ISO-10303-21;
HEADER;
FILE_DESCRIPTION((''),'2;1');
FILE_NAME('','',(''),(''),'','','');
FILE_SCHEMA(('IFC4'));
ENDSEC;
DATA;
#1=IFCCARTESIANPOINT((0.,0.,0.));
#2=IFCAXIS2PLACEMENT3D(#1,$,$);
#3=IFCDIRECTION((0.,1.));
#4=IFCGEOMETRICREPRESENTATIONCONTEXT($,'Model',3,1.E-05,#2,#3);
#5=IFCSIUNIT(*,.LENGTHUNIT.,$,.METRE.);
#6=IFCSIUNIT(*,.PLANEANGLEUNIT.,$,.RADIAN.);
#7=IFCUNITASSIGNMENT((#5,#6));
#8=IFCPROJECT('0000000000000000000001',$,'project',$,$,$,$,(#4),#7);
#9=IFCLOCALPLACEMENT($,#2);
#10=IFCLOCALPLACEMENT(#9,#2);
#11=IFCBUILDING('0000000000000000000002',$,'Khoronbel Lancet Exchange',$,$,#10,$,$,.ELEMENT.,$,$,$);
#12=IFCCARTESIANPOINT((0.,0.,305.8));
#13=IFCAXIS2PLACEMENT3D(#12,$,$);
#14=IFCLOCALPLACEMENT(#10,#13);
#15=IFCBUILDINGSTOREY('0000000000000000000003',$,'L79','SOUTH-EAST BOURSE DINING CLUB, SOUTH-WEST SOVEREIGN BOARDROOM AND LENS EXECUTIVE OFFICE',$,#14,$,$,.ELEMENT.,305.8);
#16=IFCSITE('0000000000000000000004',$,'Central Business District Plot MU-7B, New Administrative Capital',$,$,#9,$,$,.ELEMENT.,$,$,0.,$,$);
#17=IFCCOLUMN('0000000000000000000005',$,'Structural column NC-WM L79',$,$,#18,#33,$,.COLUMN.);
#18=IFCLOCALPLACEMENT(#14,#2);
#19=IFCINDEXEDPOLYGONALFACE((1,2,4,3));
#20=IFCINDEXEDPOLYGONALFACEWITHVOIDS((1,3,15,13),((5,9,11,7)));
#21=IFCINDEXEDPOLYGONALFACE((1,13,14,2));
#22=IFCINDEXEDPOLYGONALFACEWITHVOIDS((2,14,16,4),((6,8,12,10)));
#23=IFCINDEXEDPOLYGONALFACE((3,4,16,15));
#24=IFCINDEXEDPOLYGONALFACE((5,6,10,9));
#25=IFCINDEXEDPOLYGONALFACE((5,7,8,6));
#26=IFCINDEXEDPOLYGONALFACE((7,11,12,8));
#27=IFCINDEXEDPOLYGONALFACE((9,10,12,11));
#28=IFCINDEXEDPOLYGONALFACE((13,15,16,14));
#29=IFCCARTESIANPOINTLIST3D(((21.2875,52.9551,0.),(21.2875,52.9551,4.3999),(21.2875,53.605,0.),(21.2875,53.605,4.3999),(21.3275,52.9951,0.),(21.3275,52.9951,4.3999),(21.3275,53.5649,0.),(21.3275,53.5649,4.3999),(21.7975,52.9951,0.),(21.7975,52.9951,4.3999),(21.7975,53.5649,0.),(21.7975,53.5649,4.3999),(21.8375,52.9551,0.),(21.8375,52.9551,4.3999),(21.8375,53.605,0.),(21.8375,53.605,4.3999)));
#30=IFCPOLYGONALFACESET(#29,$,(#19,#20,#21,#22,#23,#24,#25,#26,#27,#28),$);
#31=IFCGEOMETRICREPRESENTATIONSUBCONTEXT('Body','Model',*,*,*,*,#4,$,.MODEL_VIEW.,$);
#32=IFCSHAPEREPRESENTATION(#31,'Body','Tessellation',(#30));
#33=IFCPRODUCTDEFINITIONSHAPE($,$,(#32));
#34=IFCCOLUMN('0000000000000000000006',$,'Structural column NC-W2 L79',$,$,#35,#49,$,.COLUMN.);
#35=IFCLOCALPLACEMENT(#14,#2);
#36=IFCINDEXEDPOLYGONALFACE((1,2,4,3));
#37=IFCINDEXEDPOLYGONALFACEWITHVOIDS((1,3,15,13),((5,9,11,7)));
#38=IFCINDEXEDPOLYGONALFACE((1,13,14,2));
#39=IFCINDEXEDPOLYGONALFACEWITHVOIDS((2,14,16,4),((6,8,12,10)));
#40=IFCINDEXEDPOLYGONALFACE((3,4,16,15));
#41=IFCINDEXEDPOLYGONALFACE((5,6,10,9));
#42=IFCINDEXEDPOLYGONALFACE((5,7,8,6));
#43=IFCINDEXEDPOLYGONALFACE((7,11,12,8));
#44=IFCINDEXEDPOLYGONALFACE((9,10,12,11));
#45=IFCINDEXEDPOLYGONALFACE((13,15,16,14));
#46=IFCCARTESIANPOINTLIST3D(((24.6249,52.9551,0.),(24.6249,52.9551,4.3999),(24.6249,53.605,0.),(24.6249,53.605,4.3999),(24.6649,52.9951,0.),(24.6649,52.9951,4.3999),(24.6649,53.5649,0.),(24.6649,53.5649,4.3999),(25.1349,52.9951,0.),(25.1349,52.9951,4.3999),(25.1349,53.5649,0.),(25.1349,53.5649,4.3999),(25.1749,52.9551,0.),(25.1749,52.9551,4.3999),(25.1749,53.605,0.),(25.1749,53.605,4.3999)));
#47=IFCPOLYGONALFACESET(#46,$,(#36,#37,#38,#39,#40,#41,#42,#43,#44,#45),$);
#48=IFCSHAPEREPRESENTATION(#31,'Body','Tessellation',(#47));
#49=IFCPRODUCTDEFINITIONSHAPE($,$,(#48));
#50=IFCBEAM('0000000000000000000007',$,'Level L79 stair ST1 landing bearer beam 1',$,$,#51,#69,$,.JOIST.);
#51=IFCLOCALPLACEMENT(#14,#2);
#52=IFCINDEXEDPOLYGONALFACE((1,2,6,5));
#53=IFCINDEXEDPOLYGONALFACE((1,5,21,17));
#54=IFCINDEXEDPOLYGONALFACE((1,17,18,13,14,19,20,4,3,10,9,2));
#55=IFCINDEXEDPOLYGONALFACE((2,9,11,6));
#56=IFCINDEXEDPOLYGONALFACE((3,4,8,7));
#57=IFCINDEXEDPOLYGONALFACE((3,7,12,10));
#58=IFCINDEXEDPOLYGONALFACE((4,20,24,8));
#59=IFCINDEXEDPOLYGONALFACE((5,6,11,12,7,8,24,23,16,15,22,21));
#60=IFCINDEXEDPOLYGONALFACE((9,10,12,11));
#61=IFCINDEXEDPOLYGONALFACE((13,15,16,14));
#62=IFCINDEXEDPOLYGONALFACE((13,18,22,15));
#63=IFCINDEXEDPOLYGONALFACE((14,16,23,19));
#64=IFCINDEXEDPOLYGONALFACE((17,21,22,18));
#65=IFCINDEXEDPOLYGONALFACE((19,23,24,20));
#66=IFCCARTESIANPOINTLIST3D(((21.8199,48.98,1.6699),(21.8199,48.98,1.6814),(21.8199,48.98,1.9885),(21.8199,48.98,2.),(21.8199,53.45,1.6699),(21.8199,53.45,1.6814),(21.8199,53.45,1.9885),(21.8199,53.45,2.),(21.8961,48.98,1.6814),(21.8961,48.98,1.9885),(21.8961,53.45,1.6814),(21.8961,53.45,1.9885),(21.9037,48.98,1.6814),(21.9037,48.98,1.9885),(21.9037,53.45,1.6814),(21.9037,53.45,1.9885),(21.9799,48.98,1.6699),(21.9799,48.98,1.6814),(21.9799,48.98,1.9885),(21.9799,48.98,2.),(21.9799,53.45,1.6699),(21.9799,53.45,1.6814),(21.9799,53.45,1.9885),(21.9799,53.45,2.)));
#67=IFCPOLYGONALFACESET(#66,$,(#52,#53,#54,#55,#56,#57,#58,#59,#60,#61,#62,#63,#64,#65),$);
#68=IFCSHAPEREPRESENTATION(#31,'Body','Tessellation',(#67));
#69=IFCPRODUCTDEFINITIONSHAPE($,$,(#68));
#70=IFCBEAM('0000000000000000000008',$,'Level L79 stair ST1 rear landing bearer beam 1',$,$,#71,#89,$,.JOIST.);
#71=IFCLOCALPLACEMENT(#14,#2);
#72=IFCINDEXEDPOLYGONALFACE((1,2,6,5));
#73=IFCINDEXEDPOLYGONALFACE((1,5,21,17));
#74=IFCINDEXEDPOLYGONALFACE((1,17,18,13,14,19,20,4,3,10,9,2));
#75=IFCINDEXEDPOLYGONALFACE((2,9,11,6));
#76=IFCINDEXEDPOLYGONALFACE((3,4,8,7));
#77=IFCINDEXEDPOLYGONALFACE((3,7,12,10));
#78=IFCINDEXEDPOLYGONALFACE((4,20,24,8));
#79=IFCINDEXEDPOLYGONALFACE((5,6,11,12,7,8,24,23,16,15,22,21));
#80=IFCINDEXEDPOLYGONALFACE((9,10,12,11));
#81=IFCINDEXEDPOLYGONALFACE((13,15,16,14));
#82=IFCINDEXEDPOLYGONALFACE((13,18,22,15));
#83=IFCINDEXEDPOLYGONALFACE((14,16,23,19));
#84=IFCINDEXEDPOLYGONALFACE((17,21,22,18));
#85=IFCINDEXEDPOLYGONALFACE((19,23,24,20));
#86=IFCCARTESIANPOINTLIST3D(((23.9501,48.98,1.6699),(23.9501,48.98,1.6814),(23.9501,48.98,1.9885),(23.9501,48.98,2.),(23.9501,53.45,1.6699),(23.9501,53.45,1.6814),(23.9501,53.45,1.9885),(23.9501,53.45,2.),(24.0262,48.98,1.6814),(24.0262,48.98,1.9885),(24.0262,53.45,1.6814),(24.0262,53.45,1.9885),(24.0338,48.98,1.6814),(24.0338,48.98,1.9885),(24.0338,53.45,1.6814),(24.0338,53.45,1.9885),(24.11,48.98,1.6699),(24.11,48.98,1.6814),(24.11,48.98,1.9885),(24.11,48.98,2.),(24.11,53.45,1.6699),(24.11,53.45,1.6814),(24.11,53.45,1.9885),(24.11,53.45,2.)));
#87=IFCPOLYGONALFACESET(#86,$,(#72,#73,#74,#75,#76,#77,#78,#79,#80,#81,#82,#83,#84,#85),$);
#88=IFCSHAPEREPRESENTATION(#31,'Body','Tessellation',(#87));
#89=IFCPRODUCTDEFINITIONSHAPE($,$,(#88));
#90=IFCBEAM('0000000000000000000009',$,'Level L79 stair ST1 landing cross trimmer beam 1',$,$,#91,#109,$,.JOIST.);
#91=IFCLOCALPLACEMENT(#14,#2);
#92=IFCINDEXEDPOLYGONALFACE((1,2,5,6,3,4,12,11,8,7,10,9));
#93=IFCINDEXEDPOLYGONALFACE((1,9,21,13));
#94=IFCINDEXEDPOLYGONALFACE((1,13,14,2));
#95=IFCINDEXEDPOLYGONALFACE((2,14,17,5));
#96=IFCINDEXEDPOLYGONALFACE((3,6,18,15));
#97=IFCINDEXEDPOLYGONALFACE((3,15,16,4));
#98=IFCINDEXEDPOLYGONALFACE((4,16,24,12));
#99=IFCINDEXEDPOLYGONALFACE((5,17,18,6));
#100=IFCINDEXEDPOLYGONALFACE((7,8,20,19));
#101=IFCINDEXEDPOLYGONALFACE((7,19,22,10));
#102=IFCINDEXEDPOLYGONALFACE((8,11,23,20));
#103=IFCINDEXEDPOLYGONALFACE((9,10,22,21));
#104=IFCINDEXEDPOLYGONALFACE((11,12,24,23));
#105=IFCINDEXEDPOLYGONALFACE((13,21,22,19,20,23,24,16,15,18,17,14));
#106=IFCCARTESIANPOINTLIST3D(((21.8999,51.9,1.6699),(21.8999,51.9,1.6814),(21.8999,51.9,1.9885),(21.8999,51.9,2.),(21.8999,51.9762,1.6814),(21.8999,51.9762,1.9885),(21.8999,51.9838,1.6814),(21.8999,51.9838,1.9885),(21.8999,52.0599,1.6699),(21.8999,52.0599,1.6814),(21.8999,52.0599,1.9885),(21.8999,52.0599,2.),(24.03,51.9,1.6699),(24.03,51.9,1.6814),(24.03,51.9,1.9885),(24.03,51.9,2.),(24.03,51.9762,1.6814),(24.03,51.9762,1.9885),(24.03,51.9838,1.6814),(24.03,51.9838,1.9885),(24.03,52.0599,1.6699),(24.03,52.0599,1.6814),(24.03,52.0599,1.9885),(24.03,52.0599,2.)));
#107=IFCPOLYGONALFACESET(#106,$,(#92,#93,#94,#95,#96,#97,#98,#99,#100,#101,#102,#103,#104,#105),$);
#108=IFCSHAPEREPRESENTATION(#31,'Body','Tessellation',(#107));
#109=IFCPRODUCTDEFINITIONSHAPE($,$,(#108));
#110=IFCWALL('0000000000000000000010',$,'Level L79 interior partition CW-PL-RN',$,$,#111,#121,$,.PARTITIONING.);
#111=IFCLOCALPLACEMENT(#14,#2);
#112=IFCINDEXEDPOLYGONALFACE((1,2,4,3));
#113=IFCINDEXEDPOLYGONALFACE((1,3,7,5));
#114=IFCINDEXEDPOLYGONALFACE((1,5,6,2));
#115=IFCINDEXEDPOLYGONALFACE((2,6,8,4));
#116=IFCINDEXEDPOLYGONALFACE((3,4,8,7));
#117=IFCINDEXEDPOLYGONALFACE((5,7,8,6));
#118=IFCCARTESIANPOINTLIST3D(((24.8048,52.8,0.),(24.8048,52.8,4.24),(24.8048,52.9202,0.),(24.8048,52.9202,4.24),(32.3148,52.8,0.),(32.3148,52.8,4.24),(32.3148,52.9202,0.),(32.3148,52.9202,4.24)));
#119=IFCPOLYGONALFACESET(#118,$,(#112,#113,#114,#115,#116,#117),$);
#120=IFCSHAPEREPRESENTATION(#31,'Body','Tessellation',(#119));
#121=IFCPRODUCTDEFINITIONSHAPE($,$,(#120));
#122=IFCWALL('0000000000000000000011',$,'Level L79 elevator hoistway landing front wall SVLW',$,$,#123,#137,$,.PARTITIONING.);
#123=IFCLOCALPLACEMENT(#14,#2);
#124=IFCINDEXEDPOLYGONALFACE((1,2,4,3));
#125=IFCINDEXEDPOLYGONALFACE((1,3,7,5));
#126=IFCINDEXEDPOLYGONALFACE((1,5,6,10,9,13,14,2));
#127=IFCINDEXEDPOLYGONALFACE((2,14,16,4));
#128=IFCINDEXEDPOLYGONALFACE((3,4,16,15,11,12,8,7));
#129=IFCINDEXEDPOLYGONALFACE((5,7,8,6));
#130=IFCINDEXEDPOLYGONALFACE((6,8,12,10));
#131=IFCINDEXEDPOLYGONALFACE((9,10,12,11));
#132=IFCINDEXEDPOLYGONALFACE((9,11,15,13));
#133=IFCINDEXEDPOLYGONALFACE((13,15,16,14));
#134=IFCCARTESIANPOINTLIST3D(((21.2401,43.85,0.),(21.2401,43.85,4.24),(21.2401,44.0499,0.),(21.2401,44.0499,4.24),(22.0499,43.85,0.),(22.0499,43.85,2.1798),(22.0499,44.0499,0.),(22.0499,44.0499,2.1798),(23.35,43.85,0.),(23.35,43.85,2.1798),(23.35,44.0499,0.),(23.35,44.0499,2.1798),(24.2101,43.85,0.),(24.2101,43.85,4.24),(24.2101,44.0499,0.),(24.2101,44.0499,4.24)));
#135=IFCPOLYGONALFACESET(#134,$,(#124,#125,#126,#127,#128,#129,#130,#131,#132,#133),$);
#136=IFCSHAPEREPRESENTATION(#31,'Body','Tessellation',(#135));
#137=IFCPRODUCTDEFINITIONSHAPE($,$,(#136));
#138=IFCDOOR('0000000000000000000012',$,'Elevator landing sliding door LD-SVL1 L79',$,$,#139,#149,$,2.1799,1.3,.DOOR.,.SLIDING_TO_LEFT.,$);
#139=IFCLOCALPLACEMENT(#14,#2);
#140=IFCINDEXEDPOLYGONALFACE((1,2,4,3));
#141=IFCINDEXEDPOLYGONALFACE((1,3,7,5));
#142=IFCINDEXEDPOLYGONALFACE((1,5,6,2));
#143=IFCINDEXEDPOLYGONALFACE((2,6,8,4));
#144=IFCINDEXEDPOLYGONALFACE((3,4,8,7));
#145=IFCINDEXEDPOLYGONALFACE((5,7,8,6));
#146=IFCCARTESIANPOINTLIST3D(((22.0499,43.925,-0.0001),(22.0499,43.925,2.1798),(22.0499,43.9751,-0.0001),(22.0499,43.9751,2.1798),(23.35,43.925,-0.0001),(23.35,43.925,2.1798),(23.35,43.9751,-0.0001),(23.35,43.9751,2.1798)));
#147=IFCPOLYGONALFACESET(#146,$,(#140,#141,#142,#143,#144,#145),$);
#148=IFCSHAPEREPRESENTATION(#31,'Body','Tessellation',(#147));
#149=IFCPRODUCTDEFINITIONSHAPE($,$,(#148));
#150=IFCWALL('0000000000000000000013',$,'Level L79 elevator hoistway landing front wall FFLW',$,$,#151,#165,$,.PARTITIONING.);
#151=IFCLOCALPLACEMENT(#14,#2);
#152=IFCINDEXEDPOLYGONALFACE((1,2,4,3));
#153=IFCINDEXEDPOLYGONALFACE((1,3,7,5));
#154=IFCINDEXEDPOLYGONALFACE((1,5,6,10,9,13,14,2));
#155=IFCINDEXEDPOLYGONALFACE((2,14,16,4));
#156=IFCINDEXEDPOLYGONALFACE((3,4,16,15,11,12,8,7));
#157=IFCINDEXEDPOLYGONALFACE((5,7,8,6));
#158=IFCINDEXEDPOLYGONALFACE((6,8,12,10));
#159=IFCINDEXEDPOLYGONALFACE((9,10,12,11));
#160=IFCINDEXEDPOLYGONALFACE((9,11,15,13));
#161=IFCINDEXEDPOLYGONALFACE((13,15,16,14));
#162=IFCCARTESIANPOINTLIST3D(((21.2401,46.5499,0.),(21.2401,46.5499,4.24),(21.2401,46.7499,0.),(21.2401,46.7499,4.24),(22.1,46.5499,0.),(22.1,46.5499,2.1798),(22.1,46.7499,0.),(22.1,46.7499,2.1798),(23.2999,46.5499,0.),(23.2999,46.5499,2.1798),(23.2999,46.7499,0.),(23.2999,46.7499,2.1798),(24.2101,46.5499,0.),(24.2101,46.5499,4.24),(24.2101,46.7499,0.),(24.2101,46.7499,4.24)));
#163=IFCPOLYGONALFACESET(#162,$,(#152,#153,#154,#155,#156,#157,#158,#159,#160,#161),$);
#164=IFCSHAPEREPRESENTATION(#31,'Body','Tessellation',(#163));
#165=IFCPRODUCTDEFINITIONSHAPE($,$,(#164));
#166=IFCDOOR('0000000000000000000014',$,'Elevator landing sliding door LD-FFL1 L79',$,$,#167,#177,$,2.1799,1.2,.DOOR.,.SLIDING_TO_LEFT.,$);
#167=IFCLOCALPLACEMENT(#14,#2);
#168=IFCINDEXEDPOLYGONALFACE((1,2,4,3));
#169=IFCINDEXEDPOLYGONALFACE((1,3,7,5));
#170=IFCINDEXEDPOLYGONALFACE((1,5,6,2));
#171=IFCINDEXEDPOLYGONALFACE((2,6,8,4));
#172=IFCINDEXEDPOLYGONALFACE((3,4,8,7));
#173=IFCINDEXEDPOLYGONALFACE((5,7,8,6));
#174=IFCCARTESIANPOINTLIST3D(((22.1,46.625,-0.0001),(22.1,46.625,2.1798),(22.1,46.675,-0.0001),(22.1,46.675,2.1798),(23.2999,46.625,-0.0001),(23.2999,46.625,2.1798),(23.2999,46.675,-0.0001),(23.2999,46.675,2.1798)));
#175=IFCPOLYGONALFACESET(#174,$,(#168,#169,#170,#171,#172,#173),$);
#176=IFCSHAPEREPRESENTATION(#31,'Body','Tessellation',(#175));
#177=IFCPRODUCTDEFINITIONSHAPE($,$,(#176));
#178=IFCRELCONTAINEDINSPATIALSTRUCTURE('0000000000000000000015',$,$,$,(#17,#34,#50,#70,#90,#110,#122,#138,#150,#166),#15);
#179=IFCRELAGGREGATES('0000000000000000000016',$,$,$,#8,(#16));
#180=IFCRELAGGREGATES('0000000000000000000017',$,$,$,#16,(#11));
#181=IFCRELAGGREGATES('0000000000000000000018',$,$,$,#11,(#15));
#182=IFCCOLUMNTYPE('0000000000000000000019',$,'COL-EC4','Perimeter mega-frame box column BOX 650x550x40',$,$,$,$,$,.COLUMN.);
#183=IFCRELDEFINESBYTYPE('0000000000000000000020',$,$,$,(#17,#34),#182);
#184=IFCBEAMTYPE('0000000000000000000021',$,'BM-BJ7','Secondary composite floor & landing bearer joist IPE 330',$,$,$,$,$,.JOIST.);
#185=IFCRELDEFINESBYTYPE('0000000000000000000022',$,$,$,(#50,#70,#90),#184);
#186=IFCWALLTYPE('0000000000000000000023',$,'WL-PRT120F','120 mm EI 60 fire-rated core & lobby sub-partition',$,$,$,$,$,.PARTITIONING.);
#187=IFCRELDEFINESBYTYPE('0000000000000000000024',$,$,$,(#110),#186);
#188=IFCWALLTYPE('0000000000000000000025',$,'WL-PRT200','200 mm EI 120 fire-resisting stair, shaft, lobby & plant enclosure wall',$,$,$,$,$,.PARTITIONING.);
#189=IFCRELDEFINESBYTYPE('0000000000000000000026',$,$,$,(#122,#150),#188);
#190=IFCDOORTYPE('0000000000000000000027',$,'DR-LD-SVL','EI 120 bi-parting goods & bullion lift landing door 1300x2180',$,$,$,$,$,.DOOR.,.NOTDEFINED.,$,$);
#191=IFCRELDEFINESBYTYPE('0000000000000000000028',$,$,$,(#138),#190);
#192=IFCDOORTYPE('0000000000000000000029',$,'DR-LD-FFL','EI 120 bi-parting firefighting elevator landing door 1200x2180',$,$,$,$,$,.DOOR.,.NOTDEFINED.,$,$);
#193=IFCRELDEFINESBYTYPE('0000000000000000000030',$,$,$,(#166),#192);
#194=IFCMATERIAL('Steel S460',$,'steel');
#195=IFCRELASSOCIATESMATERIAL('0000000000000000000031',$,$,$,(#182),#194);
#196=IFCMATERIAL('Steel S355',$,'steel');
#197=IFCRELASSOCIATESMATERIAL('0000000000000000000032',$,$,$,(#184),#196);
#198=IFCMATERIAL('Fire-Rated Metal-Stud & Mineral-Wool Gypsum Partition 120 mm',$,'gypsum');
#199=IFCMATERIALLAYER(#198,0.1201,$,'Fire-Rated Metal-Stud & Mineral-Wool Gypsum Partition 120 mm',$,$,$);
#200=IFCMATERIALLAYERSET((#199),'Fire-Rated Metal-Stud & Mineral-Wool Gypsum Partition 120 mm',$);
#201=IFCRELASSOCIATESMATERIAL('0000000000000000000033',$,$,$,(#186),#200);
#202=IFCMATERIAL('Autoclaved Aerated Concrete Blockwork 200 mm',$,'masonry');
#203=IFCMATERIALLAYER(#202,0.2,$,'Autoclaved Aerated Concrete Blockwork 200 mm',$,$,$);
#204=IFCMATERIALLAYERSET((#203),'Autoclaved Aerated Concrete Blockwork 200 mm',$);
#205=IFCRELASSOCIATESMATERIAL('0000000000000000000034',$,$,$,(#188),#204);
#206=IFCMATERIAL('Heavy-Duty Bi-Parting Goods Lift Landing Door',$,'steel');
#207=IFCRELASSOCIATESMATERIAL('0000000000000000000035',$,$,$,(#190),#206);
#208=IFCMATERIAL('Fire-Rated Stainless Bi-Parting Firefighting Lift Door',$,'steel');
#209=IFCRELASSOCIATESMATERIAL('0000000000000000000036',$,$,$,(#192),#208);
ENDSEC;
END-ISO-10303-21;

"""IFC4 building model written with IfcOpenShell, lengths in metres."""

from ifc_helpers import new_model, si_unit, direction, frame, frame_2d, origin, origin_2d, place, context, subcontext, project, spatial, rectangle, hollow_rectangle, i_section, extrude, material, layer, layer_set, material_profile, profile_set, type_object, element, fill, save


model = new_model("IFC4")

# Units and contexts
model_context = context("Model", 3, precision=1e-05, world=origin(), true_north=direction((0.0, 1.0)))
body_context = subcontext(model_context, "Body", "Model", "MODEL_VIEW")
ifc_project = project(units=[si_unit("LENGTHUNIT", "METRE"), si_unit("PLANEANGLEUNIT", "RADIAN")], contexts=[model_context])

# Site, building, storey
site_placement = place(None, origin())
site = spatial("IfcSite", under=ifc_project, at=site_placement, Name="Central Business District Plot MU-7B, New Administrative Capital", CompositionType="ELEMENT", RefElevation=0.0)
building_placement = place(site_placement, origin())
building = spatial("IfcBuilding", under=site, at=building_placement, Name="Khoronbel Lancet Exchange", CompositionType="ELEMENT")
storey_placement = place(building_placement, frame((0.0, 0.0, 305.8)))
storey = spatial("IfcBuildingStorey", under=building, at=storey_placement, Name="L79", Description="SOUTH-EAST BOURSE DINING CLUB, SOUTH-WEST SOVEREIGN BOARDROOM AND LENS EXECUTIVE OFFICE", CompositionType="ELEMENT", Elevation=305.8)

# Columns
ifc_material_1 = material(Name="Steel S460", Category="steel")
ifc_material_profile_1 = material_profile(ifc_material_1, hollow_rectangle(XDim=0.55, YDim=0.6499, WallThickness=0.04, at=origin_2d()), Name="BOX 650x550x40")
ifc_profile_set_1 = profile_set([ifc_material_profile_1], Name="Steel S460")
column_type = type_object("IfcColumnType", Name="COL-EC4", Description="Perimeter mega-frame box column BOX 650x550x40", PredefinedType="COLUMN", material=ifc_profile_set_1)
for number, where, z_axis, x_axis, name in (
    (1, (21.5625, 53.28, 0.0), (0.0, 0.0, 1.0), (1.0, 0.0, 0.0), "Structural column NC-WM L79"),
    (2, (24.8999, 53.28, 0.0), (0.0, 0.0, 1.0), (1.0, 0.0, 0.0), "Structural column NC-W2 L79"),
):
    element("IfcColumn", number, at=place(storey_placement, frame(where, z_axis=z_axis, x_axis=x_axis)), inside=storey, type_object=column_type, Name=name, PredefinedType="COLUMN", context=body_context, shape_type="SweptSolid", body=[
        extrude(hollow_rectangle(XDim=0.55, YDim=0.6499, WallThickness=0.04, at=origin_2d()), origin(), (0.0, 0.0, 1.0), 4.3999),
    ])

# Beams
ifc_material_2 = material(Name="Steel S355", Category="steel")
ifc_material_profile_2 = material_profile(ifc_material_2, i_section(OverallWidth=0.1599, OverallDepth=0.3301, WebThickness=0.0076, FlangeThickness=0.0115, at=origin_2d()), Name="IPE 330")
ifc_profile_set_2 = profile_set([ifc_material_profile_2], Name="Steel S355")
beam_type = type_object("IfcBeamType", Name="BM-BJ7", Description="Secondary composite floor & landing bearer joist IPE 330", PredefinedType="JOIST", material=ifc_profile_set_2)
for number, where, z_axis, x_axis, name in (
    (3, (21.8999, 48.98, 1.835), (0.0, 1.0, 0.0), (-1.0, 0.0, 0.0), "Level L79 stair ST1 landing bearer beam 1"),
    (4, (24.03, 48.98, 1.835), (0.0, 1.0, 0.0), (-1.0, 0.0, 0.0), "Level L79 stair ST1 rear landing bearer beam 1"),
):
    element("IfcBeam", number, at=place(storey_placement, frame(where, z_axis=z_axis, x_axis=x_axis)), inside=storey, type_object=beam_type, Name=name, PredefinedType="JOIST", context=body_context, shape_type="SweptSolid", body=[
        extrude(i_section(OverallWidth=0.1599, OverallDepth=0.3301, WebThickness=0.0076, FlangeThickness=0.0115, at=origin_2d()), origin(), (0.0, 0.0, 1.0), 4.47),
    ])
beam_placement = place(storey_placement, frame((21.8999, 51.98, 1.835), z_axis=(1.0, 0.0, 0.0), x_axis=(0.0, 1.0, 0.0)))
element("IfcBeam", 5, at=beam_placement, inside=storey, type_object=beam_type, Name="Level L79 stair ST1 landing cross trimmer beam 1", PredefinedType="JOIST", context=body_context, shape_type="SweptSolid", body=[
    extrude(i_section(OverallWidth=0.1599, OverallDepth=0.3301, WebThickness=0.0076, FlangeThickness=0.0115, at=origin_2d()), origin(), (0.0, 0.0, 1.0), 2.1301),
])

# Wall
ifc_material_3 = material(Name="Fire-Rated Metal-Stud & Mineral-Wool Gypsum Partition 120 mm", Category="gypsum")
ifc_layer_1 = layer(ifc_material_3, 0.1201, Name="Fire-Rated Metal-Stud & Mineral-Wool Gypsum Partition 120 mm")
ifc_layer_set_1 = layer_set([ifc_layer_1], Name="Fire-Rated Metal-Stud & Mineral-Wool Gypsum Partition 120 mm")
wall_type_1 = type_object("IfcWallType", Name="WL-PRT120F", Description="120 mm EI 60 fire-rated core & lobby sub-partition", PredefinedType="PARTITIONING", material=ifc_layer_set_1)
wall_1_placement = place(storey_placement, frame((24.8049, 52.8601, 0.0), z_axis=(0.0, 0.0, 1.0), x_axis=(1.0, 0.0, 0.0)))
element("IfcWall", 6, at=wall_1_placement, inside=storey, type_object=wall_type_1, Name="Level L79 interior partition CW-PL-RN", PredefinedType="PARTITIONING", context=body_context, shape_type="SweptSolid", body=[
    extrude(rectangle(XDim=7.51, YDim=0.1201, at=frame_2d((3.7549, 0.0))), origin(), (0.0, 0.0, 1.0), 4.24),
])

# Walls, openings, doors
ifc_material_4 = material(Name="Autoclaved Aerated Concrete Blockwork 200 mm", Category="masonry")
ifc_layer_2 = layer(ifc_material_4, 0.2, Name="Autoclaved Aerated Concrete Blockwork 200 mm")
ifc_layer_set_2 = layer_set([ifc_layer_2], Name="Autoclaved Aerated Concrete Blockwork 200 mm")
wall_type_2 = type_object("IfcWallType", Name="WL-PRT200", Description="200 mm EI 120 fire-resisting stair, shaft, lobby & plant enclosure wall", PredefinedType="PARTITIONING", material=ifc_layer_set_2)
wall_2_placement = place(storey_placement, frame((24.21, 43.95, 0.0), z_axis=(0.0, 0.0, 1.0), x_axis=(-1.0, 0.0, 0.0)))
wall_2 = element("IfcWall", 7, at=wall_2_placement, inside=storey, type_object=wall_type_2, Name="Level L79 elevator hoistway landing front wall SVLW", PredefinedType="PARTITIONING", context=body_context, shape_type="SweptSolid", body=[
    extrude(rectangle(XDim=2.97, YDim=0.2, at=frame_2d((1.4849, 0.0))), origin(), (0.0, 0.0, 1.0), 4.24),
])
opening_1_placement = place(wall_2_placement, frame((0.8601, 0.0, 0.0)))
opening_1 = element("IfcOpeningElement", 8, at=opening_1_placement, cuts=wall_2, PredefinedType="OPENING", context=body_context, shape_type="SweptSolid", body=[
    extrude(rectangle(XDim=1.3, YDim=2.1799, at=frame_2d((0.6499, 1.0898))), frame((0.0, 0.1099, 0.0), z_axis=(0.0, -1.0, 0.0), x_axis=(1.0, 0.0, 0.0)), (0.0, 0.0, 1.0), 0.22),
])
ifc_material_5 = material(Name="Heavy-Duty Bi-Parting Goods Lift Landing Door", Category="steel")
door_type_1 = type_object("IfcDoorType", Name="DR-LD-SVL", Description="EI 120 bi-parting goods & bullion lift landing door 1300x2180", OperationType="NOTDEFINED", PredefinedType="DOOR", material=ifc_material_5)
door_1_placement = place(opening_1_placement, origin())
door_1 = element("IfcDoor", 9, at=door_1_placement, inside=storey, type_object=door_type_1, Name="Elevator landing sliding door LD-SVL1 L79", OperationType="SLIDING_TO_LEFT", OverallHeight=2.1799, OverallWidth=1.3, PredefinedType="DOOR", context=body_context, shape_type="SweptSolid", body=[
    extrude(rectangle(XDim=1.3, YDim=2.1799, at=frame_2d((0.6499, 1.0898))), frame((0.0, 0.0249, 0.0), z_axis=(0.0, -1.0, 0.0), x_axis=(1.0, 0.0, 0.0)), (0.0, 0.0, 1.0), 0.05),
])
fill(opening_1, door_1)
wall_3_placement = place(storey_placement, frame((24.21, 46.6499, 0.0), z_axis=(0.0, 0.0, 1.0), x_axis=(-1.0, 0.0, 0.0)))
wall_3 = element("IfcWall", 10, at=wall_3_placement, inside=storey, type_object=wall_type_2, Name="Level L79 elevator hoistway landing front wall FFLW", PredefinedType="PARTITIONING", context=body_context, shape_type="SweptSolid", body=[
    extrude(rectangle(XDim=2.97, YDim=0.2, at=frame_2d((1.4849, 0.0))), origin(), (0.0, 0.0, 1.0), 4.24),
])
opening_2_placement = place(wall_3_placement, frame((0.9099, 0.0, 0.0)))
opening_2 = element("IfcOpeningElement", 11, at=opening_2_placement, cuts=wall_3, PredefinedType="OPENING", context=body_context, shape_type="SweptSolid", body=[
    extrude(rectangle(XDim=1.2, YDim=2.1799, at=frame_2d((0.6001, 1.0898))), frame((0.0, 0.1099, 0.0), z_axis=(0.0, -1.0, 0.0), x_axis=(1.0, 0.0, 0.0)), (0.0, 0.0, 1.0), 0.22),
])
ifc_material_6 = material(Name="Fire-Rated Stainless Bi-Parting Firefighting Lift Door", Category="steel")
door_type_2 = type_object("IfcDoorType", Name="DR-LD-FFL", Description="EI 120 bi-parting firefighting elevator landing door 1200x2180", OperationType="NOTDEFINED", PredefinedType="DOOR", material=ifc_material_6)
door_2_placement = place(opening_2_placement, origin())
door_2 = element("IfcDoor", 12, at=door_2_placement, inside=storey, type_object=door_type_2, Name="Elevator landing sliding door LD-FFL1 L79", OperationType="SLIDING_TO_LEFT", OverallHeight=2.1799, OverallWidth=1.2, PredefinedType="DOOR", context=body_context, shape_type="SweptSolid", body=[
    extrude(rectangle(XDim=1.2, YDim=2.1799, at=frame_2d((0.6001, 1.0898))), frame((0.0, 0.0249, 0.0), z_axis=(0.0, -1.0, 0.0), x_axis=(1.0, 0.0, 0.0)), (0.0, 0.0, 1.0), 0.05),
])
fill(opening_2, door_2)

save(model, "model.ifc")
